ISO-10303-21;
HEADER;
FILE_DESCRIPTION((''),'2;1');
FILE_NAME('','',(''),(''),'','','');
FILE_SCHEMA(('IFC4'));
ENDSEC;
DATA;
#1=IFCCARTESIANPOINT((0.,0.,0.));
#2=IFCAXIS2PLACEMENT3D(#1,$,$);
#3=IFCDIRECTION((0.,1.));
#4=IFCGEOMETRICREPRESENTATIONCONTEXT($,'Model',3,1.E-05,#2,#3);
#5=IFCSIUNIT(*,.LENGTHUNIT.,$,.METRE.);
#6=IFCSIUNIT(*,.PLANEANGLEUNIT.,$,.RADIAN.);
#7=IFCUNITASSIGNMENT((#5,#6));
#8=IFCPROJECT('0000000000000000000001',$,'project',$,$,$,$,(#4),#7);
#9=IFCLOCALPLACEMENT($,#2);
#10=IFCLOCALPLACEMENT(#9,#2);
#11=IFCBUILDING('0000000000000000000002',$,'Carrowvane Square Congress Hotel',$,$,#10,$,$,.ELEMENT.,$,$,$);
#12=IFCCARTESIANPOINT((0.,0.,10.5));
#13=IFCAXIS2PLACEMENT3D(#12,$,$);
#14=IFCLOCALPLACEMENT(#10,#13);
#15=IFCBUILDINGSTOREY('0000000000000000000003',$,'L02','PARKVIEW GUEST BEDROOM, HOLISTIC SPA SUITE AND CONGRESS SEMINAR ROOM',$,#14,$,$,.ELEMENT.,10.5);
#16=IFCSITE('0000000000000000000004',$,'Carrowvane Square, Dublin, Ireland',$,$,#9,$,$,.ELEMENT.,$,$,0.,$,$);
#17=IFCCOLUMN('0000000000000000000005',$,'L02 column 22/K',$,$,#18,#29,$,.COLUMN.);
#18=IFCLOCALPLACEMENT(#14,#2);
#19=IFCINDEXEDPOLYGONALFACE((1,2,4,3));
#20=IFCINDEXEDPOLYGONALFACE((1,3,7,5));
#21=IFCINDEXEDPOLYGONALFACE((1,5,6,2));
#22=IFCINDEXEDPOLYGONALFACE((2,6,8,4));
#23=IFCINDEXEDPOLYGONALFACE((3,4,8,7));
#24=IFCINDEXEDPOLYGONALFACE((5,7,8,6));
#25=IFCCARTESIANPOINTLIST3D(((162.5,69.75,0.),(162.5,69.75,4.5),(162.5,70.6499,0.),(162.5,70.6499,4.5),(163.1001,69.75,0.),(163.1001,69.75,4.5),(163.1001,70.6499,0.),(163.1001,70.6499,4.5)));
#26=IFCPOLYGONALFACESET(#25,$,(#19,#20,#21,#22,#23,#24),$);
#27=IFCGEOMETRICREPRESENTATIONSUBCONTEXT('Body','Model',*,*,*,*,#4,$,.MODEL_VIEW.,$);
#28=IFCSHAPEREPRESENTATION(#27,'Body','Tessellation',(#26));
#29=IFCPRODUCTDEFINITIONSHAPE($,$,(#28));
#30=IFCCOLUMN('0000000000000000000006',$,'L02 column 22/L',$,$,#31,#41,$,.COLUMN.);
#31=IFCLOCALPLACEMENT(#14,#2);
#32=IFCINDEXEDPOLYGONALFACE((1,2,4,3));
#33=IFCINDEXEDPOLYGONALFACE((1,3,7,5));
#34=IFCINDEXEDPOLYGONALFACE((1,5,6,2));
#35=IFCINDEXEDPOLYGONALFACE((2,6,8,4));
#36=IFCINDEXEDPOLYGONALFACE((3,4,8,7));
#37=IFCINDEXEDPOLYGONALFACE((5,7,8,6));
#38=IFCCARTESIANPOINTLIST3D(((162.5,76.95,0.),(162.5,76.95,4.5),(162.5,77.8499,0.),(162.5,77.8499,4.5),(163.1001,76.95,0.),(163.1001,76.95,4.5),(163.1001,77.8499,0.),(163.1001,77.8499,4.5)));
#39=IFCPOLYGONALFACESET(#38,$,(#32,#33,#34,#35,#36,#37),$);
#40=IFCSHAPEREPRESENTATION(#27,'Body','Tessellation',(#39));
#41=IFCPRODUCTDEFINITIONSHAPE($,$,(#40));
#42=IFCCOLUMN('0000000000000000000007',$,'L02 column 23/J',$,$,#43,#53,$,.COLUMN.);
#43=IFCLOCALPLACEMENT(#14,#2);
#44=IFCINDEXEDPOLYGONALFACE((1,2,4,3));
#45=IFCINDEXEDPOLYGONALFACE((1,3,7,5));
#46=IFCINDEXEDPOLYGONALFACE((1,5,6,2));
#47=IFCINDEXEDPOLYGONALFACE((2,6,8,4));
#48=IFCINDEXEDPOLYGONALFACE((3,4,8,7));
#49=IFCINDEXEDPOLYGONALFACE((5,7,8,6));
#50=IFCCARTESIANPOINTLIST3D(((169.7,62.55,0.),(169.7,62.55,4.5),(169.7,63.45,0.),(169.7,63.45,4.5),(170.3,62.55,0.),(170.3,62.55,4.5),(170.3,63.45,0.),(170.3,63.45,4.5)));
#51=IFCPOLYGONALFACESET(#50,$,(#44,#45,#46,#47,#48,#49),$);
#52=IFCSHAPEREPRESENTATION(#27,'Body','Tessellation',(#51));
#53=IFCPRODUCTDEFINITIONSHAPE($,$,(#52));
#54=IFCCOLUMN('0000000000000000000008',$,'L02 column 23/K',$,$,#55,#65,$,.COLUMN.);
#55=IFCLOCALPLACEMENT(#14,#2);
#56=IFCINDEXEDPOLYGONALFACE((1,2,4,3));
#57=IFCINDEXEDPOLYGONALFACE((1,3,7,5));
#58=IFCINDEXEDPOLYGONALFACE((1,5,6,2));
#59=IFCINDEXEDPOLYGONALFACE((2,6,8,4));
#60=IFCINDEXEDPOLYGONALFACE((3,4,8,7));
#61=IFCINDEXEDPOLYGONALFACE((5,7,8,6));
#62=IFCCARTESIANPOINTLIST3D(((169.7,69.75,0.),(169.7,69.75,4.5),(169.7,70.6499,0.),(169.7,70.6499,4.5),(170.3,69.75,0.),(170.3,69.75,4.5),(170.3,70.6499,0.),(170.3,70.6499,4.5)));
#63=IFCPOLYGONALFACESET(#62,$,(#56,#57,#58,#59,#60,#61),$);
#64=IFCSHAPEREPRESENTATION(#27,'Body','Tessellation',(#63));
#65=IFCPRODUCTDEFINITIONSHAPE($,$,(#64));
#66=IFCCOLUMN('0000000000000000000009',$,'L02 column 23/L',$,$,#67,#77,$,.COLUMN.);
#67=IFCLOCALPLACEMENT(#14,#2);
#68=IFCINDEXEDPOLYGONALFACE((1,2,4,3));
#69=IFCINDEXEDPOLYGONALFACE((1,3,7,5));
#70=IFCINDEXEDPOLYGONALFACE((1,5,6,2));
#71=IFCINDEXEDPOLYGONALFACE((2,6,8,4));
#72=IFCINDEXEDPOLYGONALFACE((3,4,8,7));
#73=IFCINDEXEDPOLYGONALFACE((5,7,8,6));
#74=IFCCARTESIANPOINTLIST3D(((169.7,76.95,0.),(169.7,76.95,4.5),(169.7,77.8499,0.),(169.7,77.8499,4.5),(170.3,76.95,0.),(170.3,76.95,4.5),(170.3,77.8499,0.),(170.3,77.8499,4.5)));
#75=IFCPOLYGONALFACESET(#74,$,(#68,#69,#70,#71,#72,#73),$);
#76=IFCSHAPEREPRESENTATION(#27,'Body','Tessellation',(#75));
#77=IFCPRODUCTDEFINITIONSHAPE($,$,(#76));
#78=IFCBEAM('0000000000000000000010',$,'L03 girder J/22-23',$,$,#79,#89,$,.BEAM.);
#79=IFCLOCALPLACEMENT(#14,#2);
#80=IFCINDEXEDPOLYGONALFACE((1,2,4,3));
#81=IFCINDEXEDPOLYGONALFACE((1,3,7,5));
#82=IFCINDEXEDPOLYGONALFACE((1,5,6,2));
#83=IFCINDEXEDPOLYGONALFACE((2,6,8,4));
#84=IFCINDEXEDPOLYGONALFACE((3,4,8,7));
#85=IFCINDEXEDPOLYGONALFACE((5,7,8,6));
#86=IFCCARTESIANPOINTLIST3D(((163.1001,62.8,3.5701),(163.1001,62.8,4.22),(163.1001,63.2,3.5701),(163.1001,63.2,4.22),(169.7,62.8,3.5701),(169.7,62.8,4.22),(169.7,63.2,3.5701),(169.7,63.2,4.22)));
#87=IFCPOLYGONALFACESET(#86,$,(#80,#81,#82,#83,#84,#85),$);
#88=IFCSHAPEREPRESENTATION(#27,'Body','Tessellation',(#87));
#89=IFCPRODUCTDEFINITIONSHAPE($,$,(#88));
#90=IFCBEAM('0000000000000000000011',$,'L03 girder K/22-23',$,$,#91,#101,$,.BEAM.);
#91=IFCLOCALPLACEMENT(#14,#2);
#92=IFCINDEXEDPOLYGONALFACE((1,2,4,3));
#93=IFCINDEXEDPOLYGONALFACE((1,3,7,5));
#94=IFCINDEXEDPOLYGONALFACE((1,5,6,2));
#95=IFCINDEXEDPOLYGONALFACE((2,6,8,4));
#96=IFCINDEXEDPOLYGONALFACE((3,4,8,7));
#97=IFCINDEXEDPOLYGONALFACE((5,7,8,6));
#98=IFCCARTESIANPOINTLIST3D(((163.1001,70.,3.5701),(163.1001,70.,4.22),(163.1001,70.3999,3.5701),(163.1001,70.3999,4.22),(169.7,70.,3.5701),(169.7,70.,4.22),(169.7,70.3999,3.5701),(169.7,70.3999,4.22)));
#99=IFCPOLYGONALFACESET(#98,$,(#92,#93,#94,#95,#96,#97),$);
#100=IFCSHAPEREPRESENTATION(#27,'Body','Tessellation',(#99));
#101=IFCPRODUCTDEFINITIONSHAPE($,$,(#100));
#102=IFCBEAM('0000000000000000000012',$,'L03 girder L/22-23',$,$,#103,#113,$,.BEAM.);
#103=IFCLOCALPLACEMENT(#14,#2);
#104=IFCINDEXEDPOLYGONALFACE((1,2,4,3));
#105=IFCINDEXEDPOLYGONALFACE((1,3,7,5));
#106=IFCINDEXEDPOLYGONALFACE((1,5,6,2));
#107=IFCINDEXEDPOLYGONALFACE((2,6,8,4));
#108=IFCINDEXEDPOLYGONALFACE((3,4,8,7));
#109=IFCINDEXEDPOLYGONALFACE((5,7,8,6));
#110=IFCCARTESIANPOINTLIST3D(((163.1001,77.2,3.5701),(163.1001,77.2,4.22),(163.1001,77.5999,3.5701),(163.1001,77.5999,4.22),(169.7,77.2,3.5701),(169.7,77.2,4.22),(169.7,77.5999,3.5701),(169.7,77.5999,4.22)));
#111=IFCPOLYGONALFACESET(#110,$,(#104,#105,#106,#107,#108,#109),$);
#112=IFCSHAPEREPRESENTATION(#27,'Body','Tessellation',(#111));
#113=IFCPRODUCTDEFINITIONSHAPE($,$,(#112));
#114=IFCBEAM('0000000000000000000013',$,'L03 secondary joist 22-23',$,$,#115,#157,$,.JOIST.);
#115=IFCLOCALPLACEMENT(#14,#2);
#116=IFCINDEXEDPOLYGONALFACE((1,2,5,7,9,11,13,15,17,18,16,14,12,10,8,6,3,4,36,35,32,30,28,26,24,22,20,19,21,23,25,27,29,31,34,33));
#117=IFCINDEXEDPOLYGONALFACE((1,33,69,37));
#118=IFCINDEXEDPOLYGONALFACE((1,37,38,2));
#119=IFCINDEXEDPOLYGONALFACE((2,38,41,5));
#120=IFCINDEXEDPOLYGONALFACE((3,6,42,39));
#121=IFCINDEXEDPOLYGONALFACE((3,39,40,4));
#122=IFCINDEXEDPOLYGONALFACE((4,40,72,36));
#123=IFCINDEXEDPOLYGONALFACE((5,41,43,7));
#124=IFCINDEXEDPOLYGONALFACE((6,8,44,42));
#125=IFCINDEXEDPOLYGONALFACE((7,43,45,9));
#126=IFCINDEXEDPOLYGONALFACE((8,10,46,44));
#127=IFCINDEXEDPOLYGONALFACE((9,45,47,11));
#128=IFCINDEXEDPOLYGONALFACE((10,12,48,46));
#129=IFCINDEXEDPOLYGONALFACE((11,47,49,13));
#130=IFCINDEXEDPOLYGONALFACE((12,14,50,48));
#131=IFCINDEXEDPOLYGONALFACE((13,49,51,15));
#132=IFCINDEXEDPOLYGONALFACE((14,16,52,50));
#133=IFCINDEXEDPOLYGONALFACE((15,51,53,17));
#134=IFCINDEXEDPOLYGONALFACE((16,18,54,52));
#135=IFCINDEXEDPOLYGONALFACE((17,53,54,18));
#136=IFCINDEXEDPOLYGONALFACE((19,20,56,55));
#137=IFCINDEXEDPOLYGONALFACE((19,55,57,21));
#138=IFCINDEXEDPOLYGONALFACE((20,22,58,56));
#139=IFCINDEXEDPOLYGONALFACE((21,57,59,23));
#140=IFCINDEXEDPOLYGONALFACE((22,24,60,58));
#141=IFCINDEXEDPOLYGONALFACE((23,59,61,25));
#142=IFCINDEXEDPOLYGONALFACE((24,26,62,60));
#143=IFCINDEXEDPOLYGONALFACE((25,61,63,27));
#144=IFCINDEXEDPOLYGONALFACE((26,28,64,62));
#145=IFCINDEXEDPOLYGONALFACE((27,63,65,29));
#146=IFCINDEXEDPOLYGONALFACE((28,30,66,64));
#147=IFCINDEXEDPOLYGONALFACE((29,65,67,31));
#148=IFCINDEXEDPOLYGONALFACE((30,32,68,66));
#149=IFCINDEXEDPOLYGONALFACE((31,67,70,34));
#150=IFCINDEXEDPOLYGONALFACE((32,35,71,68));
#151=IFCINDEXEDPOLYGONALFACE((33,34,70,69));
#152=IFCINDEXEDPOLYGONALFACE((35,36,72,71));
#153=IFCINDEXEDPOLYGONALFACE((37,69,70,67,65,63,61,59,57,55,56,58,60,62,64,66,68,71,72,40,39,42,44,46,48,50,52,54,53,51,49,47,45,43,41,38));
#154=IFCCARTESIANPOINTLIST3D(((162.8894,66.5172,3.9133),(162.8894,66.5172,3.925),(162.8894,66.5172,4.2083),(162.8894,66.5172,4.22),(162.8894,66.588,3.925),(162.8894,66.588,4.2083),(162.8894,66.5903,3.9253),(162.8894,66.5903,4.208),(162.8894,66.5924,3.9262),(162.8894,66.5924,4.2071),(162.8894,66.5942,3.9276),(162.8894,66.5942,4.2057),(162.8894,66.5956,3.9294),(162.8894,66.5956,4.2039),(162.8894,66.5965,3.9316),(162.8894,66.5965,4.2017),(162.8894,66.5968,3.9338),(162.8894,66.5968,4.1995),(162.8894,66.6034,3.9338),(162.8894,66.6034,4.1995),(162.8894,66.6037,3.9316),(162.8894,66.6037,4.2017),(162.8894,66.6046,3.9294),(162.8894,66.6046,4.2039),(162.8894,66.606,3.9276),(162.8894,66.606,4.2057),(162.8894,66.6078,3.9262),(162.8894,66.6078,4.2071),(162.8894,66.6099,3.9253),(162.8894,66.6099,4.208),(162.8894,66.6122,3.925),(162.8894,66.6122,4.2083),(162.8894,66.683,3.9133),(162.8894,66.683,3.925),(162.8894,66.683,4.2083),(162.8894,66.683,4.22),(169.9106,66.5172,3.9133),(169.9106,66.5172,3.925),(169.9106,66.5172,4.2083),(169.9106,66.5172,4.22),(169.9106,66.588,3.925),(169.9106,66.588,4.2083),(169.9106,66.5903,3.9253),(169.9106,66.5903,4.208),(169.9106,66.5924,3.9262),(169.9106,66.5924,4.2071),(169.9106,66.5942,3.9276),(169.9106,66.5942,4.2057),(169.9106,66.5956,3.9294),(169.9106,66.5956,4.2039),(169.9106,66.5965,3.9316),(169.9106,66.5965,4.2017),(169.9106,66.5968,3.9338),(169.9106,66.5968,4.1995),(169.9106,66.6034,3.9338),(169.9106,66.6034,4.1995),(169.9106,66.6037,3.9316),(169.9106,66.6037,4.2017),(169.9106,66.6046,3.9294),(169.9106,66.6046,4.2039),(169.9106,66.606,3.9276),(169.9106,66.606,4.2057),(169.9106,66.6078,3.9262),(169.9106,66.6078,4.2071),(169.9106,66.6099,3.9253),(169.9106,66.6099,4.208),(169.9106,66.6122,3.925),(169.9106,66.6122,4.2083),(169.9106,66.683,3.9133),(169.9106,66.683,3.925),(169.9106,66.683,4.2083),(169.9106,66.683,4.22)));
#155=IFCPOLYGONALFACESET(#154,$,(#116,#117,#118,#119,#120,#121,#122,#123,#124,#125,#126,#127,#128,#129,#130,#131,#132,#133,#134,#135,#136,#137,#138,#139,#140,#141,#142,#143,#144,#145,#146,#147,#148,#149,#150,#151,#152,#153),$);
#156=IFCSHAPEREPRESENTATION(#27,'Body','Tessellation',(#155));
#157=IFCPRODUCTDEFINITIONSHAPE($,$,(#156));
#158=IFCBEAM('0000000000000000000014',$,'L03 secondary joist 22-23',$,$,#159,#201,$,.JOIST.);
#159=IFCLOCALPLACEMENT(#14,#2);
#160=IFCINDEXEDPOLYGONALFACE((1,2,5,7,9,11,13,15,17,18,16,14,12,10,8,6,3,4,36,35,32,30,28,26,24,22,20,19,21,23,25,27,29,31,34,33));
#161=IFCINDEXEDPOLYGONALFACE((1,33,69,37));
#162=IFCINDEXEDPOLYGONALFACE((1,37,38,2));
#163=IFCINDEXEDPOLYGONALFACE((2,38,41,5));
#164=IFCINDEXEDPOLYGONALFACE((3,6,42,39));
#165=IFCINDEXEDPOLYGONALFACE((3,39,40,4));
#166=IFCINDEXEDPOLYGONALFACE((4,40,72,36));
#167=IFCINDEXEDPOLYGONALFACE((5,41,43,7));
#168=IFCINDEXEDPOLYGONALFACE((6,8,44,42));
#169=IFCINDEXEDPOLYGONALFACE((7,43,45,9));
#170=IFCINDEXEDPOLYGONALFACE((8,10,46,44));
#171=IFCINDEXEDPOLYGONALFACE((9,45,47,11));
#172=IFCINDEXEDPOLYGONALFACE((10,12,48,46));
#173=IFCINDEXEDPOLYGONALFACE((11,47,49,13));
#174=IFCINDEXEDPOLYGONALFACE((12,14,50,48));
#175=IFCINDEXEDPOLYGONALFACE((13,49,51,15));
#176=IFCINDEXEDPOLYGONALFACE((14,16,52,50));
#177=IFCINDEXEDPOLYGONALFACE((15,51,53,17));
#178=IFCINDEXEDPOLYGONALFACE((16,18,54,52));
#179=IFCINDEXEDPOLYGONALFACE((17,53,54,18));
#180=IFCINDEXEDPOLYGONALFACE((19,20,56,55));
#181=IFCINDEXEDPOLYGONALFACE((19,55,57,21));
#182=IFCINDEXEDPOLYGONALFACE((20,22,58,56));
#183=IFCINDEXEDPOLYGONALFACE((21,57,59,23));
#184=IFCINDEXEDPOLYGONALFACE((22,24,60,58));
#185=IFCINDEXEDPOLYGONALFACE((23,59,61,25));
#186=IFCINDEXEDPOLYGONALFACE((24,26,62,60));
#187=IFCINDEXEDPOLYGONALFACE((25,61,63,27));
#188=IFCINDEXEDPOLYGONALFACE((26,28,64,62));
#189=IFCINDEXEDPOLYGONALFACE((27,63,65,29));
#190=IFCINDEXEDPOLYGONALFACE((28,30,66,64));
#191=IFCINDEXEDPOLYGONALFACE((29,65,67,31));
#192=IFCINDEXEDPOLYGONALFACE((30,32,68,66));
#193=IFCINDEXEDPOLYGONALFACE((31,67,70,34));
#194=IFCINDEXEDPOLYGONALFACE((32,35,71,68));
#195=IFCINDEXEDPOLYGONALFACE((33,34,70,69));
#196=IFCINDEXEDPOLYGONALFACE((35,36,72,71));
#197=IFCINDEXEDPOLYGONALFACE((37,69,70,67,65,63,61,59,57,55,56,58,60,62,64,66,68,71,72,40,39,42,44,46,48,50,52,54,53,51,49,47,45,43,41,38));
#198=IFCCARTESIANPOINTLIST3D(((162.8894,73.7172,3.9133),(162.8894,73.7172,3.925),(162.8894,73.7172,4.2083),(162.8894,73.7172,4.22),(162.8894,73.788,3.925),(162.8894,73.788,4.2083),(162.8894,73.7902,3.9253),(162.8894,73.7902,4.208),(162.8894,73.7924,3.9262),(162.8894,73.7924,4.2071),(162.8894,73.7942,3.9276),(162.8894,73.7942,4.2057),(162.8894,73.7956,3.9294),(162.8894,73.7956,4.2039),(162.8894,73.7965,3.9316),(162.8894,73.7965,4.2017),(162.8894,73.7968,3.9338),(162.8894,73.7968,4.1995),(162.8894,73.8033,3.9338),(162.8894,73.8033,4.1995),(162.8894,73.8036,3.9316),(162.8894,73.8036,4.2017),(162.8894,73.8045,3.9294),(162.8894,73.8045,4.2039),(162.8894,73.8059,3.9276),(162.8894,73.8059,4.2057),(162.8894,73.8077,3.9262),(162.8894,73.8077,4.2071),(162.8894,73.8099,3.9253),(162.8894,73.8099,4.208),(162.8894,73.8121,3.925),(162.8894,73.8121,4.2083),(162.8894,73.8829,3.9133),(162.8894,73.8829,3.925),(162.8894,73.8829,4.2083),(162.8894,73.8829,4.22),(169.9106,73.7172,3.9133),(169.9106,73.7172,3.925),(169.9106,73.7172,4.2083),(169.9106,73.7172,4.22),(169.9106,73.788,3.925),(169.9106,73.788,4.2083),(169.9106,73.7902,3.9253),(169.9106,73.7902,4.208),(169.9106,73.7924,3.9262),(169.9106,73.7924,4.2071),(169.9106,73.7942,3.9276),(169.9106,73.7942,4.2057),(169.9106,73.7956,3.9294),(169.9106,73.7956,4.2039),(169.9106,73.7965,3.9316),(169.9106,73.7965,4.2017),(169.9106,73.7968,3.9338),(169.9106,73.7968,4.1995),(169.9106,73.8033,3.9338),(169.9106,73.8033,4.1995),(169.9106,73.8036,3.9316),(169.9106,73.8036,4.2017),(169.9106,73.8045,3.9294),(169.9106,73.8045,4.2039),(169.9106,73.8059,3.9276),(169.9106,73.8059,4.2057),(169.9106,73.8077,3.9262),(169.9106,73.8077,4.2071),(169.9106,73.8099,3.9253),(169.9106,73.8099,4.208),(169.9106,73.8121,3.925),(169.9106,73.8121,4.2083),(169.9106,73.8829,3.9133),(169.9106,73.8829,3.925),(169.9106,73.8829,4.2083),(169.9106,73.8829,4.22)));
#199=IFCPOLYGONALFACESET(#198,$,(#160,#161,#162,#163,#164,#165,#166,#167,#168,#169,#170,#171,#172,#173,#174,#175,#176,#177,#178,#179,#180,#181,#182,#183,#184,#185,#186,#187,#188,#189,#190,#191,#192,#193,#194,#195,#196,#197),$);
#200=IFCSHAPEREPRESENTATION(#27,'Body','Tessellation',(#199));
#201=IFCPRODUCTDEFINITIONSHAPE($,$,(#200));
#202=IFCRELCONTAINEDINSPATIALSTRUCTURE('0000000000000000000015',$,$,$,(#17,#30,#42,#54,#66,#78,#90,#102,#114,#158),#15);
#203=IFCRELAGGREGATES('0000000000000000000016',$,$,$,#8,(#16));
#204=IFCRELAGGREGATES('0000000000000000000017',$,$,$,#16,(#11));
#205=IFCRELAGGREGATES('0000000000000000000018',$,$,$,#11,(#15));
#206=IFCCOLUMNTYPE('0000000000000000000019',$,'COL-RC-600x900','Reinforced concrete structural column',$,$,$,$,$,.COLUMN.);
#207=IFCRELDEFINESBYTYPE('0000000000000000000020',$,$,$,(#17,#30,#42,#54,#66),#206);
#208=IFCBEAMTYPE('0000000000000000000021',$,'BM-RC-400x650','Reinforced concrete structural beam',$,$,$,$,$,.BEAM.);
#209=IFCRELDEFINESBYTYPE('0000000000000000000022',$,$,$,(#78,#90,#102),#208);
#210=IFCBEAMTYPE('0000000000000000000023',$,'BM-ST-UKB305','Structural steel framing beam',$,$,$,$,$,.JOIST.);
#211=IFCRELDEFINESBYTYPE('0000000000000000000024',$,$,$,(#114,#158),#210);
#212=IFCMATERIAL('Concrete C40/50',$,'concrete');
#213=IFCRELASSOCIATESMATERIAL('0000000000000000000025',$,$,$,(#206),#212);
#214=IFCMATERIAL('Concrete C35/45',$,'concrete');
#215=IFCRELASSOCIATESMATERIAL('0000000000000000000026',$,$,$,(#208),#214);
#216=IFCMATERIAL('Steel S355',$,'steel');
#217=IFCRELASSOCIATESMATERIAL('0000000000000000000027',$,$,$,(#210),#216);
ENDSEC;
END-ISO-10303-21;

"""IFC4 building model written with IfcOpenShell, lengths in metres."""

from ifc_helpers import new_model, si_unit, direction, frame, origin, origin_2d, place, context, subcontext, project, spatial, rectangle, i_section, extrude, material, material_profile, profile_set, type_object, element, save


model = new_model("IFC4")

# Units and contexts
model_context = context("Model", 3, precision=1e-05, world=origin(), true_north=direction((0.0, 1.0)))
body_context = subcontext(model_context, "Body", "Model", "MODEL_VIEW")
ifc_project = project(units=[si_unit("LENGTHUNIT", "METRE"), si_unit("PLANEANGLEUNIT", "RADIAN")], contexts=[model_context])

# Site, building, storey
site_placement = place(None, origin())
site = spatial("IfcSite", under=ifc_project, at=site_placement, Name="Carrowvane Square, Dublin, Ireland", CompositionType="ELEMENT", RefElevation=0.0)
building_placement = place(site_placement, origin())
building = spatial("IfcBuilding", under=site, at=building_placement, Name="Carrowvane Square Congress Hotel", CompositionType="ELEMENT")
storey_placement = place(building_placement, frame((0.0, 0.0, 10.5)))
storey = spatial("IfcBuildingStorey", under=building, at=storey_placement, Name="L02", Description="PARKVIEW GUEST BEDROOM, HOLISTIC SPA SUITE AND CONGRESS SEMINAR ROOM", CompositionType="ELEMENT", Elevation=10.5)

# Columns
ifc_material_1 = material(Name="Concrete C40/50", Category="concrete")
ifc_material_profile_1 = material_profile(ifc_material_1, rectangle(XDim=0.6001, YDim=0.8999, at=origin_2d()), Name="RC 600x900")
ifc_profile_set_1 = profile_set([ifc_material_profile_1], Name="Concrete C40/50")
column_type = type_object("IfcColumnType", Name="COL-RC-600x900", Description="Reinforced concrete structural column", PredefinedType="COLUMN", material=ifc_profile_set_1)
for number, where, z_axis, x_axis, name in (
    (1, (162.8, 70.2, 0.0), (0.0, 0.0, 1.0), (1.0, 0.0, 0.0), "L02 column 22/K"),
    (2, (162.8, 77.3999, 0.0), (0.0, 0.0, 1.0), (1.0, 0.0, 0.0), "L02 column 22/L"),
    (3, (170.0, 63.0, 0.0), (0.0, 0.0, 1.0), (1.0, 0.0, 0.0), "L02 column 23/J"),
    (4, (170.0, 70.2, 0.0), (0.0, 0.0, 1.0), (1.0, 0.0, 0.0), "L02 column 23/K"),
    (5, (170.0, 77.3999, 0.0), (0.0, 0.0, 1.0), (1.0, 0.0, 0.0), "L02 column 23/L"),
):
    element("IfcColumn", number, at=place(storey_placement, frame(where, z_axis=z_axis, x_axis=x_axis)), inside=storey, type_object=column_type, Name=name, PredefinedType="COLUMN", context=body_context, shape_type="SweptSolid", body=[
        extrude(rectangle(XDim=0.6001, YDim=0.8999, at=origin_2d()), origin(), (0.0, 0.0, 1.0), 4.5),
    ])

# Beams
ifc_material_2 = material(Name="Concrete C35/45", Category="concrete")
ifc_material_profile_2 = material_profile(ifc_material_2, rectangle(XDim=0.3999, YDim=0.6499, at=origin_2d()), Name="RC 400x650")
ifc_profile_set_2 = profile_set([ifc_material_profile_2], Name="Concrete C35/45")
beam_type_1 = type_object("IfcBeamType", Name="BM-RC-400x650", Description="Reinforced concrete structural beam", PredefinedType="BEAM", material=ifc_profile_set_2)
for number, where, z_axis, x_axis, name in (
    (6, (163.1001, 63.0, 3.895), (1.0, 0.0, 0.0), (0.0, 1.0, 0.0), "L03 girder J/22-23"),
    (7, (163.1001, 70.2, 3.895), (1.0, 0.0, 0.0), (0.0, 1.0, 0.0), "L03 girder K/22-23"),
    (8, (163.1001, 77.3999, 3.895), (1.0, 0.0, 0.0), (0.0, 1.0, 0.0), "L03 girder L/22-23"),
):
    element("IfcBeam", number, at=place(storey_placement, frame(where, z_axis=z_axis, x_axis=x_axis)), inside=storey, type_object=beam_type_1, Name=name, PredefinedType="BEAM", context=body_context, shape_type="SweptSolid", body=[
        extrude(rectangle(XDim=0.3999, YDim=0.6499, at=origin_2d()), origin(), (0.0, 0.0, 1.0), 6.5999),
    ])
ifc_material_3 = material(Name="Steel S355", Category="steel")
ifc_material_profile_3 = material_profile(ifc_material_3, i_section(OverallWidth=0.1658, OverallDepth=0.3066, WebThickness=0.0066, FlangeThickness=0.0117, FilletRadius=0.0088, at=origin_2d()), Name="UKB 305x165x46")
ifc_profile_set_3 = profile_set([ifc_material_profile_3], Name="Steel S355")
beam_type_2 = type_object("IfcBeamType", Name="BM-ST-UKB305", Description="Structural steel framing beam", PredefinedType="JOIST", material=ifc_profile_set_3)
for number, where, z_axis, x_axis, name in (
    (9, (162.8894, 66.6001, 4.0667), (1.0, 0.0, 0.0), (0.0, 1.0, 0.0), "L03 secondary joist 22-23"),
    (10, (162.8894, 73.8, 4.0667), (1.0, 0.0, 0.0), (0.0, 1.0, 0.0), "L03 secondary joist 22-23"),
):
    element("IfcBeam", number, at=place(storey_placement, frame(where, z_axis=z_axis, x_axis=x_axis)), inside=storey, type_object=beam_type_2, Name=name, PredefinedType="JOIST", context=body_context, shape_type="SweptSolid", body=[
        extrude(i_section(OverallWidth=0.1658, OverallDepth=0.3066, WebThickness=0.0066, FlangeThickness=0.0117, FilletRadius=0.0088, at=origin_2d()), origin(), (0.0, 0.0, 1.0), 7.0212),
    ])

save(model, "model.ifc")
